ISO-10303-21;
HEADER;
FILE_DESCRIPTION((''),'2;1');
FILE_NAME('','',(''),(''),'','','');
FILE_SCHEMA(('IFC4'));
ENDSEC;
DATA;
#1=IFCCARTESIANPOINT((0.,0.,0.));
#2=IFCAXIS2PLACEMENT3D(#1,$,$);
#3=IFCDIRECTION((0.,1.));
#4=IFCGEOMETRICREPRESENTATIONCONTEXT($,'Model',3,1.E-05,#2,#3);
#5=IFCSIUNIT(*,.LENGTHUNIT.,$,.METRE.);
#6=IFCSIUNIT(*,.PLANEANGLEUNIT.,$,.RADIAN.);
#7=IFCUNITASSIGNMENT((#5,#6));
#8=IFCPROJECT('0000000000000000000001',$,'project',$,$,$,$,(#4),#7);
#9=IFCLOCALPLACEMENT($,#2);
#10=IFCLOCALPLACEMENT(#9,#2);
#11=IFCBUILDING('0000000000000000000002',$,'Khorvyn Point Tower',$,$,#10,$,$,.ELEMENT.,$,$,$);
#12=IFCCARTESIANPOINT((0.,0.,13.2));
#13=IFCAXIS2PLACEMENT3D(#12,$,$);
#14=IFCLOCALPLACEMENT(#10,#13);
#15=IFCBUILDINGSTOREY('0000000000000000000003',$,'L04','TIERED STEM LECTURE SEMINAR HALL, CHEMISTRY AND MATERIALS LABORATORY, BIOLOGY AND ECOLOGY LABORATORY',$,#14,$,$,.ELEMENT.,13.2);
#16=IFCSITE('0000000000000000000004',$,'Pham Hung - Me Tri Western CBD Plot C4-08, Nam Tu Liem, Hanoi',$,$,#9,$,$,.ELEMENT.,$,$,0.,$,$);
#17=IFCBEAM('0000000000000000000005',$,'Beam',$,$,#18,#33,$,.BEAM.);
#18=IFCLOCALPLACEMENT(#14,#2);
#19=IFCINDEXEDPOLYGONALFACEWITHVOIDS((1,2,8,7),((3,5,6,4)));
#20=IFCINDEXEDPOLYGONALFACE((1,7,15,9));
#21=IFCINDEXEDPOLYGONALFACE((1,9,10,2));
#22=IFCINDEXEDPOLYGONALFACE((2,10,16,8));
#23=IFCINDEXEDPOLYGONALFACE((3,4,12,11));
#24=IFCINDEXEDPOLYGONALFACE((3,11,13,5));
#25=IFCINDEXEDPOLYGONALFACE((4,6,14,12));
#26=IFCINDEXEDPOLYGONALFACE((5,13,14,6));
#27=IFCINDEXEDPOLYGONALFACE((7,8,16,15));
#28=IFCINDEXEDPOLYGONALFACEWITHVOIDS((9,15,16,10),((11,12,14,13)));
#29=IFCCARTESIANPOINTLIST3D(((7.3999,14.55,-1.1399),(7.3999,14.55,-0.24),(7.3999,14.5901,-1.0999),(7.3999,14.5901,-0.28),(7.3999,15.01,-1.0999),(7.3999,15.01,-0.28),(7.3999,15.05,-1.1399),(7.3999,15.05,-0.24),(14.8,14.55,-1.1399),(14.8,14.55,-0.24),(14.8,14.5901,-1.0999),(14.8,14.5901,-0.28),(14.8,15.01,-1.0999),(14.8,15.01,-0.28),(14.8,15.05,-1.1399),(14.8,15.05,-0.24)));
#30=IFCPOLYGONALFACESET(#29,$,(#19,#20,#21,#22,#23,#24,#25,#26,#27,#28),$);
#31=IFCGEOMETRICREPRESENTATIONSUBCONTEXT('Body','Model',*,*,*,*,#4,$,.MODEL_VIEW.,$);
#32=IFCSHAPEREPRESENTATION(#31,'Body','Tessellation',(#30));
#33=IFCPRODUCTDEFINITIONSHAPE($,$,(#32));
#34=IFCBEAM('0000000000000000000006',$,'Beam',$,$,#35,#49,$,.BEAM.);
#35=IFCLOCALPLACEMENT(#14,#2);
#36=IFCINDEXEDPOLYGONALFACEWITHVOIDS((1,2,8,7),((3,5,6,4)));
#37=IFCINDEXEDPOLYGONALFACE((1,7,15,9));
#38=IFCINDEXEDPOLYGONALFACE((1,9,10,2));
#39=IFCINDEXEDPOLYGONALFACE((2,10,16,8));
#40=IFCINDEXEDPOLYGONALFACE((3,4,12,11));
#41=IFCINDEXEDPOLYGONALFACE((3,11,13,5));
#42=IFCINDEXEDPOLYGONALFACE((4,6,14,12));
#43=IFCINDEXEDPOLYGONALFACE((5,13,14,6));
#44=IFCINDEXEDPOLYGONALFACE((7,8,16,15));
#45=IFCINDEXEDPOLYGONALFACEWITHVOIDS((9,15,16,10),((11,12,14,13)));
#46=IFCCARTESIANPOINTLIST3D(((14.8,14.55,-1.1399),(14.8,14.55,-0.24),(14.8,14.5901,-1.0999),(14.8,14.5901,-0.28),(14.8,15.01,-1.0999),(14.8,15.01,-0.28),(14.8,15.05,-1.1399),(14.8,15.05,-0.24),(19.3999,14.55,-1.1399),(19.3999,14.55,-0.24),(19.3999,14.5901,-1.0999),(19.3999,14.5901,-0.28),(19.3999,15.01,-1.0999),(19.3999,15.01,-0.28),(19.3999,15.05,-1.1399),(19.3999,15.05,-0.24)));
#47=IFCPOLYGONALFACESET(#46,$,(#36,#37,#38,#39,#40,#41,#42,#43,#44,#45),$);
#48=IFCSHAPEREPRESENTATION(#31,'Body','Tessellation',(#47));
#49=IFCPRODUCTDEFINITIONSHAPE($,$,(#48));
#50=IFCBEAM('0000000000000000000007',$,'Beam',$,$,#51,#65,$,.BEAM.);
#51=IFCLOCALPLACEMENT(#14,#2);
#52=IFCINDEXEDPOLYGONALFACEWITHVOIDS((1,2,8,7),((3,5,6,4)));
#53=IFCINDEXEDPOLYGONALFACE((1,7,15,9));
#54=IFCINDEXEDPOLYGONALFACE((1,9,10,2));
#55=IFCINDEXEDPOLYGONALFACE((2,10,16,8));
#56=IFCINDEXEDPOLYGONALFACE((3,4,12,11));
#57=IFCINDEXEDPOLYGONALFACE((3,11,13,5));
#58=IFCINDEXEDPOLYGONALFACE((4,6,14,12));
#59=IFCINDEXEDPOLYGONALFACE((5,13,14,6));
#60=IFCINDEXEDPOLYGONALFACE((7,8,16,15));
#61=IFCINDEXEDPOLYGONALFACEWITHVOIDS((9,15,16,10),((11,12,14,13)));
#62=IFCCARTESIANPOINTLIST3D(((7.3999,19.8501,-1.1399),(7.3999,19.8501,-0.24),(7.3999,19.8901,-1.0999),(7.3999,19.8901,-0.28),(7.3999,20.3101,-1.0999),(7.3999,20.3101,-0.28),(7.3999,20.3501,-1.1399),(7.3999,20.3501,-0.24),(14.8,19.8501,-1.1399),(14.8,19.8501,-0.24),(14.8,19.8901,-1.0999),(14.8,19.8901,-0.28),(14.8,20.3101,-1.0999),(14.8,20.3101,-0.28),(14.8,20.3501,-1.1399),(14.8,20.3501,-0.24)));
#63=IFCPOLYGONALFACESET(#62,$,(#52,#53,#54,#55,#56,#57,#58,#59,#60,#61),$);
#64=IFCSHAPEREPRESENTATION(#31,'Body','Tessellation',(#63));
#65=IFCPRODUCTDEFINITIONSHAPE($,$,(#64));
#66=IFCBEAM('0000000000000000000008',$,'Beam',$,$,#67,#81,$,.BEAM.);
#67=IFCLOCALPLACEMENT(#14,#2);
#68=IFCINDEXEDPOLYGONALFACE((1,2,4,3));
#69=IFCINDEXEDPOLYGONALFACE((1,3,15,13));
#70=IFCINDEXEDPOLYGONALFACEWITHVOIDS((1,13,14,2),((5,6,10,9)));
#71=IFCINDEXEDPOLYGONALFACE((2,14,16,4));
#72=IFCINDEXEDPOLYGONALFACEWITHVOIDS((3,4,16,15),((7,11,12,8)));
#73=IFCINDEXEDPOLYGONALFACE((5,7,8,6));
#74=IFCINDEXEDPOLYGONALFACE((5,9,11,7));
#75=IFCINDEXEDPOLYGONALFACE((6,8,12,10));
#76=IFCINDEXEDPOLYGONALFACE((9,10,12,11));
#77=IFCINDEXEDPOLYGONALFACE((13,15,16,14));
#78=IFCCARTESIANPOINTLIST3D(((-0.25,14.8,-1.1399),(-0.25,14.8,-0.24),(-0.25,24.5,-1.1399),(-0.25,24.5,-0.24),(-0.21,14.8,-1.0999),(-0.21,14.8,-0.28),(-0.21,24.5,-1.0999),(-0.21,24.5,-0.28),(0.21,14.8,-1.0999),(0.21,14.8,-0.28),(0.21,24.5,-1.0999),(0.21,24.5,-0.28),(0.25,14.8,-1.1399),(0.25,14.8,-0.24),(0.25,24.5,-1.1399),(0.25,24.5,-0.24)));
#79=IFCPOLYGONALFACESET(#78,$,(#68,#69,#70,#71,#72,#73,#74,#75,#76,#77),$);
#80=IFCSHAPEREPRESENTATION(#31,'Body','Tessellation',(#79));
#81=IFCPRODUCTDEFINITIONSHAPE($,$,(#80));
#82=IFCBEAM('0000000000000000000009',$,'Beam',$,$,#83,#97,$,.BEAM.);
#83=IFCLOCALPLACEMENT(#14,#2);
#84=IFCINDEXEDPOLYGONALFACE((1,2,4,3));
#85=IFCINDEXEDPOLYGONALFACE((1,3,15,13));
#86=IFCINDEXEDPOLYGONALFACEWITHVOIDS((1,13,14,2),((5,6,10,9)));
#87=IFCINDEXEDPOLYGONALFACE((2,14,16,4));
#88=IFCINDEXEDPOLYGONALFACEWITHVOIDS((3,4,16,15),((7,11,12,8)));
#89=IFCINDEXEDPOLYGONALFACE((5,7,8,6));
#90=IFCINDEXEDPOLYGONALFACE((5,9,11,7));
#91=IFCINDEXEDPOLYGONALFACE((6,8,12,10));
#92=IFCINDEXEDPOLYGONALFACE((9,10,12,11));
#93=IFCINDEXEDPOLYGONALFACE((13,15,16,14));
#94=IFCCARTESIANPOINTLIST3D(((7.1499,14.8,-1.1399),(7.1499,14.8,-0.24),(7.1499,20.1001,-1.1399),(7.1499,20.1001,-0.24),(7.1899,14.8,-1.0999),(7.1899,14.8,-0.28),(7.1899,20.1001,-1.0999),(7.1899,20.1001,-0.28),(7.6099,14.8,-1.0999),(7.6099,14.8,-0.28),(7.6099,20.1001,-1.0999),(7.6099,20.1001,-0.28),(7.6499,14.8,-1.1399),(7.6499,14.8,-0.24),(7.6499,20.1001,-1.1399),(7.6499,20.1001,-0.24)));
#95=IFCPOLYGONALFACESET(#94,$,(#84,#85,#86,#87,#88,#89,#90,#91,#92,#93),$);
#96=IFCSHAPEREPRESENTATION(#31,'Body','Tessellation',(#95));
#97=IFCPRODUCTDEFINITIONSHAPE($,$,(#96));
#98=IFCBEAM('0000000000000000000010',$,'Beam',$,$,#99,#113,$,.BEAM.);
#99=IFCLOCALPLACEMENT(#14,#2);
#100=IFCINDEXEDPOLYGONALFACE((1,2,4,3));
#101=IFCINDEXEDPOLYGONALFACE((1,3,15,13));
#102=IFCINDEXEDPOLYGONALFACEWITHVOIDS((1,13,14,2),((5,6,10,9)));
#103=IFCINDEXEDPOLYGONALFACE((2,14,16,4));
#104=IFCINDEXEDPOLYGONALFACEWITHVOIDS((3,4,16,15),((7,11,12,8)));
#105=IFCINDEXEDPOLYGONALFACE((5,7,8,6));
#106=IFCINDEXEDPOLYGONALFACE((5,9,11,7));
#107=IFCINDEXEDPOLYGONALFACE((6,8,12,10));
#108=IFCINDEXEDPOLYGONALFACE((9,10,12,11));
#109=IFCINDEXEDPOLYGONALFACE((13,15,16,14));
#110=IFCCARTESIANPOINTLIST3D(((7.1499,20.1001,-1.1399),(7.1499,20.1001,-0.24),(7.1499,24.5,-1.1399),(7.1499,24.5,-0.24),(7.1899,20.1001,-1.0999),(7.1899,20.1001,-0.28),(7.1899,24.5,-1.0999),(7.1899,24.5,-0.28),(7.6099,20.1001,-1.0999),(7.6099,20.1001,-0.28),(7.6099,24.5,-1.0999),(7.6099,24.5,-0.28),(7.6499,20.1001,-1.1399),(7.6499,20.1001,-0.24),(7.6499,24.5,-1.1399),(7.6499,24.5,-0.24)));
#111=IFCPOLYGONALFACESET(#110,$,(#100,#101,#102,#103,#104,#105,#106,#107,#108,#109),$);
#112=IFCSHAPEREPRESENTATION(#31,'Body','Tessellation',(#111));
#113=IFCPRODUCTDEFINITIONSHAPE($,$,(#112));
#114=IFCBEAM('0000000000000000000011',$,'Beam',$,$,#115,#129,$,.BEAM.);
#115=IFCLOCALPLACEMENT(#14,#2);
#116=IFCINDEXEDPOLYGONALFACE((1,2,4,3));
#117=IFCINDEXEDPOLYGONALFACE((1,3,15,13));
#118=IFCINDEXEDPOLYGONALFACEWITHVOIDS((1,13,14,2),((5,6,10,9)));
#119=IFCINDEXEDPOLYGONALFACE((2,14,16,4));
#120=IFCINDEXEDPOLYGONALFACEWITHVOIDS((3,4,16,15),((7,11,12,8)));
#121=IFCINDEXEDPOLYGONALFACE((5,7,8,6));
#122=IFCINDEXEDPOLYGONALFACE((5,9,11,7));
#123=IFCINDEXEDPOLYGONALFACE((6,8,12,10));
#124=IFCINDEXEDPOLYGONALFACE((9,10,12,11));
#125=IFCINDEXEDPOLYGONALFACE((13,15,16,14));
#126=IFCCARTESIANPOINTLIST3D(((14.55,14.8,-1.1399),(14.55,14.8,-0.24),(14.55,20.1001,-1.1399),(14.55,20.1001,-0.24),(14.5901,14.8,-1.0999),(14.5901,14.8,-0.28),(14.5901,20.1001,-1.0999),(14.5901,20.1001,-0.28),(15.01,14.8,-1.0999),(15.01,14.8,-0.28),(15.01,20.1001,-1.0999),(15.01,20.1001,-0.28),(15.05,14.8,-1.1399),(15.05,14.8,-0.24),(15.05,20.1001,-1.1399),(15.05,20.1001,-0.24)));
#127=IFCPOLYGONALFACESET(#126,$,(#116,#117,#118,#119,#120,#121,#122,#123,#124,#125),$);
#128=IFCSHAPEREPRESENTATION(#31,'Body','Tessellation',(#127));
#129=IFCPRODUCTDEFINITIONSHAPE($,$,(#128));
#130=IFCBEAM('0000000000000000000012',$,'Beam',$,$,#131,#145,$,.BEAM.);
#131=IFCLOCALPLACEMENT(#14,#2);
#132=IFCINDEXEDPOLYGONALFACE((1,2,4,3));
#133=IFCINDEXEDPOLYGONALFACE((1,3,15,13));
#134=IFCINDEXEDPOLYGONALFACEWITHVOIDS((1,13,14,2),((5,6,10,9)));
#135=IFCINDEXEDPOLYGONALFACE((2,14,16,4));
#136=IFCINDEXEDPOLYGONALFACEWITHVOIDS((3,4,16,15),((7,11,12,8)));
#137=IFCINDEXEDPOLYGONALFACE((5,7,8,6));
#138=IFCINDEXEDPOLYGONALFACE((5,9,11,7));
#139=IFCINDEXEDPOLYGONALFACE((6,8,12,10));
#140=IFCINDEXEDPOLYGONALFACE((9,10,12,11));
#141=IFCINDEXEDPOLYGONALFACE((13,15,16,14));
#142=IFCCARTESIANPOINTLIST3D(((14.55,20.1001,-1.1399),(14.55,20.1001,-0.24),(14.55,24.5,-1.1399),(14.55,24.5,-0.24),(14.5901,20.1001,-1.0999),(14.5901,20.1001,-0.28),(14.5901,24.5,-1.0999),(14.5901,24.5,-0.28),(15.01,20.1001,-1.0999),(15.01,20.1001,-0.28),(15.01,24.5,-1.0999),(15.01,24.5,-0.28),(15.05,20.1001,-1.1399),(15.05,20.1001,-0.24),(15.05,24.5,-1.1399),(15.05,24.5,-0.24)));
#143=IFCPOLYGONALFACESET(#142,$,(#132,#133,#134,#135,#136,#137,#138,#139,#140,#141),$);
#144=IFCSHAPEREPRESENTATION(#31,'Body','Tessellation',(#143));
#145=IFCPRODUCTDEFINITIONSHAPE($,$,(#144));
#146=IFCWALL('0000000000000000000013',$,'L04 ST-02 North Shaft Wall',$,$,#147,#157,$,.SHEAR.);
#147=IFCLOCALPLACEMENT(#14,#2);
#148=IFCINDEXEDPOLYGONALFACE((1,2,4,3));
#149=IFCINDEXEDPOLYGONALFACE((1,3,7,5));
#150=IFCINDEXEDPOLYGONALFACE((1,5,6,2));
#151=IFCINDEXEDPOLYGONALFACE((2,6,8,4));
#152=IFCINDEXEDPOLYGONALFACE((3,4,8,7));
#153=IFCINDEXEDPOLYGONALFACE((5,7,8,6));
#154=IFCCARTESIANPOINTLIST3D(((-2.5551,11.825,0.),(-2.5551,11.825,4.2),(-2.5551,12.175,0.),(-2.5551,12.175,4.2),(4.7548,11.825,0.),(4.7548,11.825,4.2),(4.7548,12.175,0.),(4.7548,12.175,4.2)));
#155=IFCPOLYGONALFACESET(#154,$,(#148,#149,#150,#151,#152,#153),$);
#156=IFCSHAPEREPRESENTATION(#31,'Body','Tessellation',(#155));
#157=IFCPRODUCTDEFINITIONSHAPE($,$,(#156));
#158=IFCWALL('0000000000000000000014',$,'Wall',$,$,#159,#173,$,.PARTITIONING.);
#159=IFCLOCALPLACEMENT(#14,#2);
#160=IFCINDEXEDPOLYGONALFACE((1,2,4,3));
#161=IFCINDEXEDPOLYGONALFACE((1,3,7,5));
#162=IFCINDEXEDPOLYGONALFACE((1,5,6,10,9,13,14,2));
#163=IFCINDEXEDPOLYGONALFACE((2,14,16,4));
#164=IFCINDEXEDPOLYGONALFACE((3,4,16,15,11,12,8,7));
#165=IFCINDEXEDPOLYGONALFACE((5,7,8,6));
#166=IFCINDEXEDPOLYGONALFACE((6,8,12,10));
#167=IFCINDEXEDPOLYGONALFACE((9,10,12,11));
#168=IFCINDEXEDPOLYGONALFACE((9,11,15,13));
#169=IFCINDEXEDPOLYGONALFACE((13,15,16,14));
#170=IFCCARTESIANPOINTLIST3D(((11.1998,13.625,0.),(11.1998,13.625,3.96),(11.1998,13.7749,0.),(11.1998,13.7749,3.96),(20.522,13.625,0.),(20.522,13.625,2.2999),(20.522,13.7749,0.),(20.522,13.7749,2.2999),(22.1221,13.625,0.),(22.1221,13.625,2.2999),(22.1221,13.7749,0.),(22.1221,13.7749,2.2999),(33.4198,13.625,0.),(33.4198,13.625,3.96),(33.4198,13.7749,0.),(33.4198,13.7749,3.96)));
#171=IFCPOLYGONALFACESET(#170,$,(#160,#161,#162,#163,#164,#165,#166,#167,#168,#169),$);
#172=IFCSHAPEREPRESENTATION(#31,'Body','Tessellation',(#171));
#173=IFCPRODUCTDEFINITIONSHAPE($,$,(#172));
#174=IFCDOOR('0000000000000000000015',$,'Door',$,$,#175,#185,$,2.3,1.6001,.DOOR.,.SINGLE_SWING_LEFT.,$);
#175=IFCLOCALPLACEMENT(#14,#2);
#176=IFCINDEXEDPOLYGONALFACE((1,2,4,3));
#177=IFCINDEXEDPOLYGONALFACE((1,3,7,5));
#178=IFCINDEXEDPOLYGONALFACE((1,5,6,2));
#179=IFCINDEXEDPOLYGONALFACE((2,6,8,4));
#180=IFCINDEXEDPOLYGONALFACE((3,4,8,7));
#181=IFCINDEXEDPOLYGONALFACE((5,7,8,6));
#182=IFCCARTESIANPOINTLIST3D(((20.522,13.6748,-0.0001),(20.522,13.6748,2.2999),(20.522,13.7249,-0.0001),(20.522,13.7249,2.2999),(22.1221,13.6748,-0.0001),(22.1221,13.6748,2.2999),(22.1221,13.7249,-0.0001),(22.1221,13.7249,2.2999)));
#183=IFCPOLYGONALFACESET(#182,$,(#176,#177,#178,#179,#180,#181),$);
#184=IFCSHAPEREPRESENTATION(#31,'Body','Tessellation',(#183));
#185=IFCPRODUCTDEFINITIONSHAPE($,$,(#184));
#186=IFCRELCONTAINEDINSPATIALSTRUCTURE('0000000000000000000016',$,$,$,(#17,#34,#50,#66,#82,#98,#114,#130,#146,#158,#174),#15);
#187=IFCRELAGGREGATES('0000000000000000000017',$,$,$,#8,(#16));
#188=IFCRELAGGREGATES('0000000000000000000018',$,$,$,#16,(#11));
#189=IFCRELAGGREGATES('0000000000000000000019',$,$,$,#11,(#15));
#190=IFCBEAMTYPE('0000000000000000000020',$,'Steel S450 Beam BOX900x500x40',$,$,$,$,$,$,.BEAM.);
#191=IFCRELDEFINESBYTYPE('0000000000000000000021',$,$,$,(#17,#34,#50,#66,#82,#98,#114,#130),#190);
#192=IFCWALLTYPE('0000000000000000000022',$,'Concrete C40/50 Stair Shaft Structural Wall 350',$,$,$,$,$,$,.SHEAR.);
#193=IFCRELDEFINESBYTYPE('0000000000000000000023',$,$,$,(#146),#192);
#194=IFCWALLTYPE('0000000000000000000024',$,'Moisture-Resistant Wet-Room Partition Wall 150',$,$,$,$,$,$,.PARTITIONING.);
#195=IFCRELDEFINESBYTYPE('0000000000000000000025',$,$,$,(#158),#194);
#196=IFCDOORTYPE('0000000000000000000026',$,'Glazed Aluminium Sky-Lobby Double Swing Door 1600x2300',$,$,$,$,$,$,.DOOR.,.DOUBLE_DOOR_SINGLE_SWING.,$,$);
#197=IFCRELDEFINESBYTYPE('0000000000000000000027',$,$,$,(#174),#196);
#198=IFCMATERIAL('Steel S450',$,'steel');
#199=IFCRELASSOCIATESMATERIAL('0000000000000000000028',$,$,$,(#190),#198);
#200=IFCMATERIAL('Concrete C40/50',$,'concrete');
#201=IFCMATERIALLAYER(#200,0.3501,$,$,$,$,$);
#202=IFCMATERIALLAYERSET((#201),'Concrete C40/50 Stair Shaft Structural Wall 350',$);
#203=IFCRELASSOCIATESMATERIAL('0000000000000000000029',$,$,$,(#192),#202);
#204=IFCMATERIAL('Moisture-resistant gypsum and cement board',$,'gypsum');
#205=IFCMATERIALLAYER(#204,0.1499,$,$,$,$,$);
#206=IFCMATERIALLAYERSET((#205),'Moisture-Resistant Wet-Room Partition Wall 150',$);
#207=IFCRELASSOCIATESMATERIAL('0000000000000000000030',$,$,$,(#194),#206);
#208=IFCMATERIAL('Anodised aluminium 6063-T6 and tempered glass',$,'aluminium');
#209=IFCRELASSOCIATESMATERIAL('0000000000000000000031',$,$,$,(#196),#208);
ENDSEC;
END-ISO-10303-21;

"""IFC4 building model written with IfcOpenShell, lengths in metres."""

from ifc_helpers import new_model, si_unit, direction, frame, frame_2d, origin, origin_2d, place, context, subcontext, project, spatial, rectangle, hollow_rectangle, extrude, material, layer, layer_set, material_profile, profile_set, type_object, element, fill, save


model = new_model("IFC4")

# Units and contexts
model_context = context("Model", 3, precision=1e-05, world=origin(), true_north=direction((0.0, 1.0)))
body_context = subcontext(model_context, "Body", "Model", "MODEL_VIEW")
ifc_project = project(units=[si_unit("LENGTHUNIT", "METRE"), si_unit("PLANEANGLEUNIT", "RADIAN")], contexts=[model_context])

# Site, building, storey
site_placement = place(None, origin())
site = spatial("IfcSite", under=ifc_project, at=site_placement, Name="Pham Hung - Me Tri Western CBD Plot C4-08, Nam Tu Liem, Hanoi", CompositionType="ELEMENT", RefElevation=0.0)
building_placement = place(site_placement, origin())
building = spatial("IfcBuilding", under=site, at=building_placement, Name="Khorvyn Point Tower", CompositionType="ELEMENT")
storey_placement = place(building_placement, frame((0.0, 0.0, 13.2)))
storey = spatial("IfcBuildingStorey", under=building, at=storey_placement, Name="L04", Description="TIERED STEM LECTURE SEMINAR HALL, CHEMISTRY AND MATERIALS LABORATORY, BIOLOGY AND ECOLOGY LABORATORY", CompositionType="ELEMENT", Elevation=13.2)

# Shared definitions
ifc_material_1 = material(Name="Concrete C40/50", Category="concrete")

# Beams
ifc_material_2 = material(Name="Steel S450", Category="steel")
ifc_material_profile_1 = material_profile(ifc_material_2, hollow_rectangle(XDim=0.5, YDim=0.8999, WallThickness=0.04, at=origin_2d()))
ifc_profile_set_1 = profile_set([ifc_material_profile_1], Name="Steel S450 BOX900x500x40")
beam_type_1 = type_object("IfcBeamType", Name="Steel S450 Beam BOX900x500x40", PredefinedType="BEAM", material=ifc_profile_set_1)
beam_1_placement = place(storey_placement, frame((7.3999, 14.8, -0.6899), z_axis=(1.0, 0.0, 0.0), x_axis=(0.0, 1.0, 0.0)))
element("IfcBeam", 1, at=beam_1_placement, inside=storey, type_object=beam_type_1, Name="Beam", PredefinedType="BEAM", context=body_context, shape_type="SweptSolid", body=[
    extrude(hollow_rectangle(XDim=0.5, YDim=0.8999, WallThickness=0.04, at=origin_2d()), origin(), (0.0, 0.0, 1.0), 7.4001),
])
beam_2_placement = place(storey_placement, frame((14.8, 14.8, -0.6899), z_axis=(1.0, 0.0, 0.0), x_axis=(0.0, 1.0, 0.0)))
element("IfcBeam", 2, at=beam_2_placement, inside=storey, type_object=beam_type_1, Name="Beam", PredefinedType="BEAM", context=body_context, shape_type="SweptSolid", body=[
    extrude(hollow_rectangle(XDim=0.5, YDim=0.8999, WallThickness=0.04, at=origin_2d()), origin(), (0.0, 0.0, 1.0), 4.5999),
])
beam_3_placement = place(storey_placement, frame((7.3999, 20.1001, -0.6899), z_axis=(1.0, 0.0, 0.0), x_axis=(0.0, 1.0, 0.0)))
element("IfcBeam", 3, at=beam_3_placement, inside=storey, type_object=beam_type_1, Name="Beam", PredefinedType="BEAM", context=body_context, shape_type="SweptSolid", body=[
    extrude(hollow_rectangle(XDim=0.5, YDim=0.8999, WallThickness=0.04, at=origin_2d()), origin(), (0.0, 0.0, 1.0), 7.4001),
])
beam_4_placement = place(storey_placement, frame((0.0, 14.8, -0.6899), z_axis=(0.0, 1.0, 0.0), x_axis=(-1.0, 0.0, 0.0)))
element("IfcBeam", 4, at=beam_4_placement, inside=storey, type_object=beam_type_1, Name="Beam", PredefinedType="BEAM", context=body_context, shape_type="SweptSolid", body=[
    extrude(hollow_rectangle(XDim=0.5, YDim=0.8999, WallThickness=0.04, at=origin_2d()), origin(), (0.0, 0.0, 1.0), 9.7),
])
beam_5_placement = place(storey_placement, frame((7.3999, 14.8, -0.6899), z_axis=(0.0, 1.0, 0.0), x_axis=(-1.0, 0.0, 0.0)))
element("IfcBeam", 5, at=beam_5_placement, inside=storey, type_object=beam_type_1, Name="Beam", PredefinedType="BEAM", context=body_context, shape_type="SweptSolid", body=[
    extrude(hollow_rectangle(XDim=0.5, YDim=0.8999, WallThickness=0.04, at=origin_2d()), origin(), (0.0, 0.0, 1.0), 5.3),
])
beam_6_placement = place(storey_placement, frame((7.3999, 20.1001, -0.6899), z_axis=(0.0, 1.0, 0.0), x_axis=(-1.0, 0.0, 0.0)))
element("IfcBeam", 6, at=beam_6_placement, inside=storey, type_object=beam_type_1, Name="Beam", PredefinedType="BEAM", context=body_context, shape_type="SweptSolid", body=[
    extrude(hollow_rectangle(XDim=0.5, YDim=0.8999, WallThickness=0.04, at=origin_2d()), origin(), (0.0, 0.0, 1.0), 4.3999),
])
beam_7_placement = place(storey_placement, frame((14.8, 14.8, -0.6899), z_axis=(0.0, 1.0, 0.0), x_axis=(-1.0, 0.0, 0.0)))
element("IfcBeam", 7, at=beam_7_placement, inside=storey, type_object=beam_type_1, Name="Beam", PredefinedType="BEAM", context=body_context, shape_type="SweptSolid", body=[
    extrude(hollow_rectangle(XDim=0.5, YDim=0.8999, WallThickness=0.04, at=origin_2d()), origin(), (0.0, 0.0, 1.0), 5.3),
])
beam_8_placement = place(storey_placement, frame((14.8, 20.1001, -0.6899), z_axis=(0.0, 1.0, 0.0), x_axis=(-1.0, 0.0, 0.0)))
element("IfcBeam", 8, at=beam_8_placement, inside=storey, type_object=beam_type_1, Name="Beam", PredefinedType="BEAM", context=body_context, shape_type="SweptSolid", body=[
    extrude(hollow_rectangle(XDim=0.5, YDim=0.8999, WallThickness=0.04, at=origin_2d()), origin(), (0.0, 0.0, 1.0), 4.3999),
])

# Wall
ifc_layer_1 = layer(ifc_material_1, 0.3501)
ifc_layer_set_1 = layer_set([ifc_layer_1], Name="Concrete C40/50 Stair Shaft Structural Wall 350")
wall_type_1 = type_object("IfcWallType", Name="Concrete C40/50 Stair Shaft Structural Wall 350", PredefinedType="SHEAR", material=ifc_layer_set_1)
wall_1_placement = place(storey_placement, frame((-2.5549, 12.0, 0.0), z_axis=(0.0, 0.0, 1.0), x_axis=(1.0, 0.0, 0.0)))
element("IfcWall", 9, at=wall_1_placement, inside=storey, type_object=wall_type_1, Name="L04 ST-02 North Shaft Wall", PredefinedType="SHEAR", context=body_context, shape_type="SweptSolid", body=[
    extrude(rectangle(XDim=7.3098, YDim=0.3501, at=frame_2d((3.6548, 0.0))), origin(), (0.0, 0.0, 1.0), 4.2),
])

# Wall, opening, door
ifc_material_3 = material(Name="Moisture-resistant gypsum and cement board", Category="gypsum")
ifc_layer_2 = layer(ifc_material_3, 0.1499)
ifc_layer_set_2 = layer_set([ifc_layer_2], Name="Moisture-Resistant Wet-Room Partition Wall 150")
wall_type_2 = type_object("IfcWallType", Name="Moisture-Resistant Wet-Room Partition Wall 150", PredefinedType="PARTITIONING", material=ifc_layer_set_2)
wall_2_placement = place(storey_placement, frame((11.2, 13.7, 0.0), z_axis=(0.0, 0.0, 1.0), x_axis=(1.0, 0.0, 0.0)))
wall_2 = element("IfcWall", 10, at=wall_2_placement, inside=storey, type_object=wall_type_2, Name="Wall", PredefinedType="PARTITIONING", context=body_context, shape_type="SweptSolid", body=[
    extrude(rectangle(XDim=22.22, YDim=0.1499, at=frame_2d((11.1099, 0.0))), origin(), (0.0, 0.0, 1.0), 3.96),
])
opening_1_placement = place(wall_2_placement, frame((9.322, 0.0, 0.0)))
opening_1 = element("IfcOpeningElement", 11, at=opening_1_placement, cuts=wall_2, PredefinedType="OPENING", context=body_context, shape_type="SweptSolid", body=[
    extrude(rectangle(XDim=1.6001, YDim=2.3, at=frame_2d((0.8, 1.1499))), frame((0.0, 0.085, 0.0), z_axis=(0.0, -1.0, 0.0), x_axis=(1.0, 0.0, 0.0)), (0.0, 0.0, 1.0), 0.1699),
])
ifc_material_4 = material(Name="Anodised aluminium 6063-T6 and tempered glass", Category="aluminium")
door_type_1 = type_object("IfcDoorType", Name="Glazed Aluminium Sky-Lobby Double Swing Door 1600x2300", OperationType="DOUBLE_DOOR_SINGLE_SWING", PredefinedType="DOOR", material=ifc_material_4)
door_1_placement = place(opening_1_placement, origin())
door_1 = element("IfcDoor", 12, at=door_1_placement, inside=storey, type_object=door_type_1, Name="Door", OperationType="SINGLE_SWING_LEFT", OverallHeight=2.3, OverallWidth=1.6001, PredefinedType="DOOR", context=body_context, shape_type="SweptSolid", body=[
    extrude(rectangle(XDim=1.6001, YDim=2.3, at=frame_2d((0.8, 1.1499))), frame((0.0, 0.0249, 0.0), z_axis=(0.0, -1.0, 0.0), x_axis=(1.0, 0.0, 0.0)), (0.0, 0.0, 1.0), 0.05),
])
fill(opening_1, door_1)

save(model, "model.ifc")
